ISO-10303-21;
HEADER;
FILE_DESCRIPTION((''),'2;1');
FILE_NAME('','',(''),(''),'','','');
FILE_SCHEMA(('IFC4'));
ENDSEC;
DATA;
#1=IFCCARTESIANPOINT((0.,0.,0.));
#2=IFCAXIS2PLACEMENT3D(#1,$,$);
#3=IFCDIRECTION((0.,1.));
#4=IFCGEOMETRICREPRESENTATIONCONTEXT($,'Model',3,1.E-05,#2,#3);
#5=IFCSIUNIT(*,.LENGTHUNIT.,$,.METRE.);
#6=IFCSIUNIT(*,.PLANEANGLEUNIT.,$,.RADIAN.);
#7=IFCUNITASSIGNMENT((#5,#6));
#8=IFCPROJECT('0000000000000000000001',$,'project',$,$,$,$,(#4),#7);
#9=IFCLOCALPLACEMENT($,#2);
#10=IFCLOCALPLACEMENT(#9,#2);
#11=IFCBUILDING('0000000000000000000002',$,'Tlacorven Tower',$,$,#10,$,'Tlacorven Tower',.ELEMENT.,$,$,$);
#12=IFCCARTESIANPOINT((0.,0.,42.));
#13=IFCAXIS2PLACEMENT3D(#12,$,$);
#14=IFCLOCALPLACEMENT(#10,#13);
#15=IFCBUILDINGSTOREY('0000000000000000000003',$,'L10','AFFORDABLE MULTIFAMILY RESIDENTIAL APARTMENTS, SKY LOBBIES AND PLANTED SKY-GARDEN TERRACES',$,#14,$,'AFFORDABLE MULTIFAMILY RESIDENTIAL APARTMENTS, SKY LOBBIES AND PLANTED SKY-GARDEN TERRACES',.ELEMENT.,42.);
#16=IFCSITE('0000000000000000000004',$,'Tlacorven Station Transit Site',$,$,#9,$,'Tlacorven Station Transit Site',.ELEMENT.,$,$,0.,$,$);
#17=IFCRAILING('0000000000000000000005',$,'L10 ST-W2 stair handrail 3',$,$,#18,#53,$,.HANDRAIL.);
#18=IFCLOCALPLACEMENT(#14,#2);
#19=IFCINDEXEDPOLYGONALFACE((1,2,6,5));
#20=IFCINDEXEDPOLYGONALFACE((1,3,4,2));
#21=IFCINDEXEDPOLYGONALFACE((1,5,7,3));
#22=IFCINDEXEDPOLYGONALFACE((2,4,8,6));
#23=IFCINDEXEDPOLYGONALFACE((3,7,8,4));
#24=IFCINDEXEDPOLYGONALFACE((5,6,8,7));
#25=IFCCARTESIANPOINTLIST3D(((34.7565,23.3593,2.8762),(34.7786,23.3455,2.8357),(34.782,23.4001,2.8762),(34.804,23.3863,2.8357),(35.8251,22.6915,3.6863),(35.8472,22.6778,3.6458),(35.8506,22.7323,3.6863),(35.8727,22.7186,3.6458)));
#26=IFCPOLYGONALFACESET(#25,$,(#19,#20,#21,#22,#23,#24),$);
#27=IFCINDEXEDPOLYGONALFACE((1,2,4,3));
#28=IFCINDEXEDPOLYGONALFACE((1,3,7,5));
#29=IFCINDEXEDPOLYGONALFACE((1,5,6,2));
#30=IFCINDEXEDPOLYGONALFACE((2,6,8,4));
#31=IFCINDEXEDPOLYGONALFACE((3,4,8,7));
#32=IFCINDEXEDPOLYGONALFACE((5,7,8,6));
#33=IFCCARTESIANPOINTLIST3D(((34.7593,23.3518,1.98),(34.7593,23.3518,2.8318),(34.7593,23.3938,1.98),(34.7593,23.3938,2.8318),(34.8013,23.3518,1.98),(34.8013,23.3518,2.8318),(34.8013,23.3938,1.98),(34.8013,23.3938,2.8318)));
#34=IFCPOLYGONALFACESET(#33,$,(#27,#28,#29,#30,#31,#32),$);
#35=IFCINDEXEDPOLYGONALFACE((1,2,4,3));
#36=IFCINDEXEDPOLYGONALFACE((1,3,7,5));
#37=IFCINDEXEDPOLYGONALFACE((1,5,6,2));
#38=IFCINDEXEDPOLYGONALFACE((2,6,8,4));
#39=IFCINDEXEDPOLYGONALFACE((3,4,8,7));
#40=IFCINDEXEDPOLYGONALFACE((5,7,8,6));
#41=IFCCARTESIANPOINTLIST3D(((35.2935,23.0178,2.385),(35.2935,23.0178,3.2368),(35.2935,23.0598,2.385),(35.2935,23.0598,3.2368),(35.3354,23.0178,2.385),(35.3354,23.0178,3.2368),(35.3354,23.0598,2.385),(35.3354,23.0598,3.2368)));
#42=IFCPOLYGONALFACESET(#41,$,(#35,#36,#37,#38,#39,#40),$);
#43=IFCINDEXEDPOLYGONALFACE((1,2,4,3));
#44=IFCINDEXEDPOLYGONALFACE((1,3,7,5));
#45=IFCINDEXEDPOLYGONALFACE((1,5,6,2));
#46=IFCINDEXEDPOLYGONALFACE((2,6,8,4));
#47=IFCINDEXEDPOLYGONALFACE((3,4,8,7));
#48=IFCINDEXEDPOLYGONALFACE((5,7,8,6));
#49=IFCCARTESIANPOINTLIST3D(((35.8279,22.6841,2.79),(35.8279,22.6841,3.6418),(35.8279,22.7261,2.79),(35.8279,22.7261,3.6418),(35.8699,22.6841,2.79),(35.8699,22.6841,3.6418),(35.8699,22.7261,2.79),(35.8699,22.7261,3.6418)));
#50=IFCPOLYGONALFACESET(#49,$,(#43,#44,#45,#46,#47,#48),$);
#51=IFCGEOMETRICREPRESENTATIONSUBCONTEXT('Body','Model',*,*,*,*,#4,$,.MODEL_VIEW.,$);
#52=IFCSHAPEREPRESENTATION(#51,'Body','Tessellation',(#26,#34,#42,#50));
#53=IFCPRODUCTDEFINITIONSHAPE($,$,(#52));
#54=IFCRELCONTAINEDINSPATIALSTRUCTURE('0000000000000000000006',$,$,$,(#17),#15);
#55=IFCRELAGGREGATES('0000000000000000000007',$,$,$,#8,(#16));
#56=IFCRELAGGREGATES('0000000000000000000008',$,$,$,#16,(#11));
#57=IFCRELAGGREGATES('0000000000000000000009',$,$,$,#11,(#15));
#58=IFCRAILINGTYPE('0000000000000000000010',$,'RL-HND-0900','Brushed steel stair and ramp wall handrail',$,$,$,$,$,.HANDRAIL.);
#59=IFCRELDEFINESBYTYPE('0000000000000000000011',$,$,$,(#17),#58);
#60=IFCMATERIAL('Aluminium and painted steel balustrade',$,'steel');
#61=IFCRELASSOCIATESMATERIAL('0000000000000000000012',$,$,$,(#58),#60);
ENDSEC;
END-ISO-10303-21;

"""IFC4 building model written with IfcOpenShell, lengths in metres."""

from ifc_helpers import new_model, si_unit, direction, frame, origin, origin_2d, place, context, subcontext, project, spatial, rectangle, extrude, source, transform, mapped, material, type_object, element, save


model = new_model("IFC4")

# Units and contexts
model_context = context("Model", 3, precision=1e-05, world=origin(), true_north=direction((0.0, 1.0)))
body_context = subcontext(model_context, "Body", "Model", "MODEL_VIEW")
ifc_project = project(units=[si_unit("LENGTHUNIT", "METRE"), si_unit("PLANEANGLEUNIT", "RADIAN")], contexts=[model_context])

# Site, building, storey
site_placement = place(None, origin())
site = spatial("IfcSite", under=ifc_project, at=site_placement, Name="Tlacorven Station Transit Site", LongName="Tlacorven Station Transit Site", CompositionType="ELEMENT", RefElevation=0.0)
building_placement = place(site_placement, origin())
building = spatial("IfcBuilding", under=site, at=building_placement, Name="Tlacorven Tower", LongName="Tlacorven Tower", CompositionType="ELEMENT")
storey_placement = place(building_placement, frame((0.0, 0.0, 42.0)))
storey = spatial("IfcBuildingStorey", under=building, at=storey_placement, Name="L10", Description="AFFORDABLE MULTIFAMILY RESIDENTIAL APARTMENTS, SKY LOBBIES AND PLANTED SKY-GARDEN TERRACES", LongName="AFFORDABLE MULTIFAMILY RESIDENTIAL APARTMENTS, SKY LOBBIES AND PLANTED SKY-GARDEN TERRACES", CompositionType="ELEMENT", Elevation=42.0)

# Railing
ifc_material_1 = material(Name="Aluminium and painted steel balustrade", Category="steel")
railing_type_1 = type_object("IfcRailingType", Name="RL-HND-0900", Description="Brushed steel stair and ramp wall handrail", PredefinedType="HANDRAIL", material=ifc_material_1)
shared_shape_1 = source(origin(), body_context, "Body", "SweptSolid", [
    extrude(rectangle(XDim=0.0481, YDim=0.0481, at=origin_2d()), frame((0.0, 0.0, 0.876), z_axis=(0.71336, -0.445748, 0.540765), x_axis=(0.529912, 0.848053, 0.0)), (0.0, 0.0, 1.0), 1.498),
    extrude(rectangle(XDim=0.042, YDim=0.042, at=origin_2d()), origin(), (0.0, 0.0, 1.0), 0.8518),
    extrude(rectangle(XDim=0.042, YDim=0.042, at=origin_2d()), frame((0.5342, -0.334, 0.405)), (0.0, 0.0, 1.0), 0.8518),
    extrude(rectangle(XDim=0.042, YDim=0.042, at=origin_2d()), frame((1.0686, -0.6677, 0.8101)), (0.0, 0.0, 1.0), 0.8518),
])
railing_1_placement = place(storey_placement, frame((34.7803, 23.3728, 1.98)))
element("IfcRailing", 1, at=railing_1_placement, inside=storey, type_object=railing_type_1, Name="L10 ST-W2 stair handrail 3", PredefinedType="HANDRAIL", context=body_context, shape_type="MappedRepresentation", body=[
    mapped(shared_shape_1, transform((0.0, 0.0, 0.0), scale=1.0)),
])

save(model, "model.ifc")
